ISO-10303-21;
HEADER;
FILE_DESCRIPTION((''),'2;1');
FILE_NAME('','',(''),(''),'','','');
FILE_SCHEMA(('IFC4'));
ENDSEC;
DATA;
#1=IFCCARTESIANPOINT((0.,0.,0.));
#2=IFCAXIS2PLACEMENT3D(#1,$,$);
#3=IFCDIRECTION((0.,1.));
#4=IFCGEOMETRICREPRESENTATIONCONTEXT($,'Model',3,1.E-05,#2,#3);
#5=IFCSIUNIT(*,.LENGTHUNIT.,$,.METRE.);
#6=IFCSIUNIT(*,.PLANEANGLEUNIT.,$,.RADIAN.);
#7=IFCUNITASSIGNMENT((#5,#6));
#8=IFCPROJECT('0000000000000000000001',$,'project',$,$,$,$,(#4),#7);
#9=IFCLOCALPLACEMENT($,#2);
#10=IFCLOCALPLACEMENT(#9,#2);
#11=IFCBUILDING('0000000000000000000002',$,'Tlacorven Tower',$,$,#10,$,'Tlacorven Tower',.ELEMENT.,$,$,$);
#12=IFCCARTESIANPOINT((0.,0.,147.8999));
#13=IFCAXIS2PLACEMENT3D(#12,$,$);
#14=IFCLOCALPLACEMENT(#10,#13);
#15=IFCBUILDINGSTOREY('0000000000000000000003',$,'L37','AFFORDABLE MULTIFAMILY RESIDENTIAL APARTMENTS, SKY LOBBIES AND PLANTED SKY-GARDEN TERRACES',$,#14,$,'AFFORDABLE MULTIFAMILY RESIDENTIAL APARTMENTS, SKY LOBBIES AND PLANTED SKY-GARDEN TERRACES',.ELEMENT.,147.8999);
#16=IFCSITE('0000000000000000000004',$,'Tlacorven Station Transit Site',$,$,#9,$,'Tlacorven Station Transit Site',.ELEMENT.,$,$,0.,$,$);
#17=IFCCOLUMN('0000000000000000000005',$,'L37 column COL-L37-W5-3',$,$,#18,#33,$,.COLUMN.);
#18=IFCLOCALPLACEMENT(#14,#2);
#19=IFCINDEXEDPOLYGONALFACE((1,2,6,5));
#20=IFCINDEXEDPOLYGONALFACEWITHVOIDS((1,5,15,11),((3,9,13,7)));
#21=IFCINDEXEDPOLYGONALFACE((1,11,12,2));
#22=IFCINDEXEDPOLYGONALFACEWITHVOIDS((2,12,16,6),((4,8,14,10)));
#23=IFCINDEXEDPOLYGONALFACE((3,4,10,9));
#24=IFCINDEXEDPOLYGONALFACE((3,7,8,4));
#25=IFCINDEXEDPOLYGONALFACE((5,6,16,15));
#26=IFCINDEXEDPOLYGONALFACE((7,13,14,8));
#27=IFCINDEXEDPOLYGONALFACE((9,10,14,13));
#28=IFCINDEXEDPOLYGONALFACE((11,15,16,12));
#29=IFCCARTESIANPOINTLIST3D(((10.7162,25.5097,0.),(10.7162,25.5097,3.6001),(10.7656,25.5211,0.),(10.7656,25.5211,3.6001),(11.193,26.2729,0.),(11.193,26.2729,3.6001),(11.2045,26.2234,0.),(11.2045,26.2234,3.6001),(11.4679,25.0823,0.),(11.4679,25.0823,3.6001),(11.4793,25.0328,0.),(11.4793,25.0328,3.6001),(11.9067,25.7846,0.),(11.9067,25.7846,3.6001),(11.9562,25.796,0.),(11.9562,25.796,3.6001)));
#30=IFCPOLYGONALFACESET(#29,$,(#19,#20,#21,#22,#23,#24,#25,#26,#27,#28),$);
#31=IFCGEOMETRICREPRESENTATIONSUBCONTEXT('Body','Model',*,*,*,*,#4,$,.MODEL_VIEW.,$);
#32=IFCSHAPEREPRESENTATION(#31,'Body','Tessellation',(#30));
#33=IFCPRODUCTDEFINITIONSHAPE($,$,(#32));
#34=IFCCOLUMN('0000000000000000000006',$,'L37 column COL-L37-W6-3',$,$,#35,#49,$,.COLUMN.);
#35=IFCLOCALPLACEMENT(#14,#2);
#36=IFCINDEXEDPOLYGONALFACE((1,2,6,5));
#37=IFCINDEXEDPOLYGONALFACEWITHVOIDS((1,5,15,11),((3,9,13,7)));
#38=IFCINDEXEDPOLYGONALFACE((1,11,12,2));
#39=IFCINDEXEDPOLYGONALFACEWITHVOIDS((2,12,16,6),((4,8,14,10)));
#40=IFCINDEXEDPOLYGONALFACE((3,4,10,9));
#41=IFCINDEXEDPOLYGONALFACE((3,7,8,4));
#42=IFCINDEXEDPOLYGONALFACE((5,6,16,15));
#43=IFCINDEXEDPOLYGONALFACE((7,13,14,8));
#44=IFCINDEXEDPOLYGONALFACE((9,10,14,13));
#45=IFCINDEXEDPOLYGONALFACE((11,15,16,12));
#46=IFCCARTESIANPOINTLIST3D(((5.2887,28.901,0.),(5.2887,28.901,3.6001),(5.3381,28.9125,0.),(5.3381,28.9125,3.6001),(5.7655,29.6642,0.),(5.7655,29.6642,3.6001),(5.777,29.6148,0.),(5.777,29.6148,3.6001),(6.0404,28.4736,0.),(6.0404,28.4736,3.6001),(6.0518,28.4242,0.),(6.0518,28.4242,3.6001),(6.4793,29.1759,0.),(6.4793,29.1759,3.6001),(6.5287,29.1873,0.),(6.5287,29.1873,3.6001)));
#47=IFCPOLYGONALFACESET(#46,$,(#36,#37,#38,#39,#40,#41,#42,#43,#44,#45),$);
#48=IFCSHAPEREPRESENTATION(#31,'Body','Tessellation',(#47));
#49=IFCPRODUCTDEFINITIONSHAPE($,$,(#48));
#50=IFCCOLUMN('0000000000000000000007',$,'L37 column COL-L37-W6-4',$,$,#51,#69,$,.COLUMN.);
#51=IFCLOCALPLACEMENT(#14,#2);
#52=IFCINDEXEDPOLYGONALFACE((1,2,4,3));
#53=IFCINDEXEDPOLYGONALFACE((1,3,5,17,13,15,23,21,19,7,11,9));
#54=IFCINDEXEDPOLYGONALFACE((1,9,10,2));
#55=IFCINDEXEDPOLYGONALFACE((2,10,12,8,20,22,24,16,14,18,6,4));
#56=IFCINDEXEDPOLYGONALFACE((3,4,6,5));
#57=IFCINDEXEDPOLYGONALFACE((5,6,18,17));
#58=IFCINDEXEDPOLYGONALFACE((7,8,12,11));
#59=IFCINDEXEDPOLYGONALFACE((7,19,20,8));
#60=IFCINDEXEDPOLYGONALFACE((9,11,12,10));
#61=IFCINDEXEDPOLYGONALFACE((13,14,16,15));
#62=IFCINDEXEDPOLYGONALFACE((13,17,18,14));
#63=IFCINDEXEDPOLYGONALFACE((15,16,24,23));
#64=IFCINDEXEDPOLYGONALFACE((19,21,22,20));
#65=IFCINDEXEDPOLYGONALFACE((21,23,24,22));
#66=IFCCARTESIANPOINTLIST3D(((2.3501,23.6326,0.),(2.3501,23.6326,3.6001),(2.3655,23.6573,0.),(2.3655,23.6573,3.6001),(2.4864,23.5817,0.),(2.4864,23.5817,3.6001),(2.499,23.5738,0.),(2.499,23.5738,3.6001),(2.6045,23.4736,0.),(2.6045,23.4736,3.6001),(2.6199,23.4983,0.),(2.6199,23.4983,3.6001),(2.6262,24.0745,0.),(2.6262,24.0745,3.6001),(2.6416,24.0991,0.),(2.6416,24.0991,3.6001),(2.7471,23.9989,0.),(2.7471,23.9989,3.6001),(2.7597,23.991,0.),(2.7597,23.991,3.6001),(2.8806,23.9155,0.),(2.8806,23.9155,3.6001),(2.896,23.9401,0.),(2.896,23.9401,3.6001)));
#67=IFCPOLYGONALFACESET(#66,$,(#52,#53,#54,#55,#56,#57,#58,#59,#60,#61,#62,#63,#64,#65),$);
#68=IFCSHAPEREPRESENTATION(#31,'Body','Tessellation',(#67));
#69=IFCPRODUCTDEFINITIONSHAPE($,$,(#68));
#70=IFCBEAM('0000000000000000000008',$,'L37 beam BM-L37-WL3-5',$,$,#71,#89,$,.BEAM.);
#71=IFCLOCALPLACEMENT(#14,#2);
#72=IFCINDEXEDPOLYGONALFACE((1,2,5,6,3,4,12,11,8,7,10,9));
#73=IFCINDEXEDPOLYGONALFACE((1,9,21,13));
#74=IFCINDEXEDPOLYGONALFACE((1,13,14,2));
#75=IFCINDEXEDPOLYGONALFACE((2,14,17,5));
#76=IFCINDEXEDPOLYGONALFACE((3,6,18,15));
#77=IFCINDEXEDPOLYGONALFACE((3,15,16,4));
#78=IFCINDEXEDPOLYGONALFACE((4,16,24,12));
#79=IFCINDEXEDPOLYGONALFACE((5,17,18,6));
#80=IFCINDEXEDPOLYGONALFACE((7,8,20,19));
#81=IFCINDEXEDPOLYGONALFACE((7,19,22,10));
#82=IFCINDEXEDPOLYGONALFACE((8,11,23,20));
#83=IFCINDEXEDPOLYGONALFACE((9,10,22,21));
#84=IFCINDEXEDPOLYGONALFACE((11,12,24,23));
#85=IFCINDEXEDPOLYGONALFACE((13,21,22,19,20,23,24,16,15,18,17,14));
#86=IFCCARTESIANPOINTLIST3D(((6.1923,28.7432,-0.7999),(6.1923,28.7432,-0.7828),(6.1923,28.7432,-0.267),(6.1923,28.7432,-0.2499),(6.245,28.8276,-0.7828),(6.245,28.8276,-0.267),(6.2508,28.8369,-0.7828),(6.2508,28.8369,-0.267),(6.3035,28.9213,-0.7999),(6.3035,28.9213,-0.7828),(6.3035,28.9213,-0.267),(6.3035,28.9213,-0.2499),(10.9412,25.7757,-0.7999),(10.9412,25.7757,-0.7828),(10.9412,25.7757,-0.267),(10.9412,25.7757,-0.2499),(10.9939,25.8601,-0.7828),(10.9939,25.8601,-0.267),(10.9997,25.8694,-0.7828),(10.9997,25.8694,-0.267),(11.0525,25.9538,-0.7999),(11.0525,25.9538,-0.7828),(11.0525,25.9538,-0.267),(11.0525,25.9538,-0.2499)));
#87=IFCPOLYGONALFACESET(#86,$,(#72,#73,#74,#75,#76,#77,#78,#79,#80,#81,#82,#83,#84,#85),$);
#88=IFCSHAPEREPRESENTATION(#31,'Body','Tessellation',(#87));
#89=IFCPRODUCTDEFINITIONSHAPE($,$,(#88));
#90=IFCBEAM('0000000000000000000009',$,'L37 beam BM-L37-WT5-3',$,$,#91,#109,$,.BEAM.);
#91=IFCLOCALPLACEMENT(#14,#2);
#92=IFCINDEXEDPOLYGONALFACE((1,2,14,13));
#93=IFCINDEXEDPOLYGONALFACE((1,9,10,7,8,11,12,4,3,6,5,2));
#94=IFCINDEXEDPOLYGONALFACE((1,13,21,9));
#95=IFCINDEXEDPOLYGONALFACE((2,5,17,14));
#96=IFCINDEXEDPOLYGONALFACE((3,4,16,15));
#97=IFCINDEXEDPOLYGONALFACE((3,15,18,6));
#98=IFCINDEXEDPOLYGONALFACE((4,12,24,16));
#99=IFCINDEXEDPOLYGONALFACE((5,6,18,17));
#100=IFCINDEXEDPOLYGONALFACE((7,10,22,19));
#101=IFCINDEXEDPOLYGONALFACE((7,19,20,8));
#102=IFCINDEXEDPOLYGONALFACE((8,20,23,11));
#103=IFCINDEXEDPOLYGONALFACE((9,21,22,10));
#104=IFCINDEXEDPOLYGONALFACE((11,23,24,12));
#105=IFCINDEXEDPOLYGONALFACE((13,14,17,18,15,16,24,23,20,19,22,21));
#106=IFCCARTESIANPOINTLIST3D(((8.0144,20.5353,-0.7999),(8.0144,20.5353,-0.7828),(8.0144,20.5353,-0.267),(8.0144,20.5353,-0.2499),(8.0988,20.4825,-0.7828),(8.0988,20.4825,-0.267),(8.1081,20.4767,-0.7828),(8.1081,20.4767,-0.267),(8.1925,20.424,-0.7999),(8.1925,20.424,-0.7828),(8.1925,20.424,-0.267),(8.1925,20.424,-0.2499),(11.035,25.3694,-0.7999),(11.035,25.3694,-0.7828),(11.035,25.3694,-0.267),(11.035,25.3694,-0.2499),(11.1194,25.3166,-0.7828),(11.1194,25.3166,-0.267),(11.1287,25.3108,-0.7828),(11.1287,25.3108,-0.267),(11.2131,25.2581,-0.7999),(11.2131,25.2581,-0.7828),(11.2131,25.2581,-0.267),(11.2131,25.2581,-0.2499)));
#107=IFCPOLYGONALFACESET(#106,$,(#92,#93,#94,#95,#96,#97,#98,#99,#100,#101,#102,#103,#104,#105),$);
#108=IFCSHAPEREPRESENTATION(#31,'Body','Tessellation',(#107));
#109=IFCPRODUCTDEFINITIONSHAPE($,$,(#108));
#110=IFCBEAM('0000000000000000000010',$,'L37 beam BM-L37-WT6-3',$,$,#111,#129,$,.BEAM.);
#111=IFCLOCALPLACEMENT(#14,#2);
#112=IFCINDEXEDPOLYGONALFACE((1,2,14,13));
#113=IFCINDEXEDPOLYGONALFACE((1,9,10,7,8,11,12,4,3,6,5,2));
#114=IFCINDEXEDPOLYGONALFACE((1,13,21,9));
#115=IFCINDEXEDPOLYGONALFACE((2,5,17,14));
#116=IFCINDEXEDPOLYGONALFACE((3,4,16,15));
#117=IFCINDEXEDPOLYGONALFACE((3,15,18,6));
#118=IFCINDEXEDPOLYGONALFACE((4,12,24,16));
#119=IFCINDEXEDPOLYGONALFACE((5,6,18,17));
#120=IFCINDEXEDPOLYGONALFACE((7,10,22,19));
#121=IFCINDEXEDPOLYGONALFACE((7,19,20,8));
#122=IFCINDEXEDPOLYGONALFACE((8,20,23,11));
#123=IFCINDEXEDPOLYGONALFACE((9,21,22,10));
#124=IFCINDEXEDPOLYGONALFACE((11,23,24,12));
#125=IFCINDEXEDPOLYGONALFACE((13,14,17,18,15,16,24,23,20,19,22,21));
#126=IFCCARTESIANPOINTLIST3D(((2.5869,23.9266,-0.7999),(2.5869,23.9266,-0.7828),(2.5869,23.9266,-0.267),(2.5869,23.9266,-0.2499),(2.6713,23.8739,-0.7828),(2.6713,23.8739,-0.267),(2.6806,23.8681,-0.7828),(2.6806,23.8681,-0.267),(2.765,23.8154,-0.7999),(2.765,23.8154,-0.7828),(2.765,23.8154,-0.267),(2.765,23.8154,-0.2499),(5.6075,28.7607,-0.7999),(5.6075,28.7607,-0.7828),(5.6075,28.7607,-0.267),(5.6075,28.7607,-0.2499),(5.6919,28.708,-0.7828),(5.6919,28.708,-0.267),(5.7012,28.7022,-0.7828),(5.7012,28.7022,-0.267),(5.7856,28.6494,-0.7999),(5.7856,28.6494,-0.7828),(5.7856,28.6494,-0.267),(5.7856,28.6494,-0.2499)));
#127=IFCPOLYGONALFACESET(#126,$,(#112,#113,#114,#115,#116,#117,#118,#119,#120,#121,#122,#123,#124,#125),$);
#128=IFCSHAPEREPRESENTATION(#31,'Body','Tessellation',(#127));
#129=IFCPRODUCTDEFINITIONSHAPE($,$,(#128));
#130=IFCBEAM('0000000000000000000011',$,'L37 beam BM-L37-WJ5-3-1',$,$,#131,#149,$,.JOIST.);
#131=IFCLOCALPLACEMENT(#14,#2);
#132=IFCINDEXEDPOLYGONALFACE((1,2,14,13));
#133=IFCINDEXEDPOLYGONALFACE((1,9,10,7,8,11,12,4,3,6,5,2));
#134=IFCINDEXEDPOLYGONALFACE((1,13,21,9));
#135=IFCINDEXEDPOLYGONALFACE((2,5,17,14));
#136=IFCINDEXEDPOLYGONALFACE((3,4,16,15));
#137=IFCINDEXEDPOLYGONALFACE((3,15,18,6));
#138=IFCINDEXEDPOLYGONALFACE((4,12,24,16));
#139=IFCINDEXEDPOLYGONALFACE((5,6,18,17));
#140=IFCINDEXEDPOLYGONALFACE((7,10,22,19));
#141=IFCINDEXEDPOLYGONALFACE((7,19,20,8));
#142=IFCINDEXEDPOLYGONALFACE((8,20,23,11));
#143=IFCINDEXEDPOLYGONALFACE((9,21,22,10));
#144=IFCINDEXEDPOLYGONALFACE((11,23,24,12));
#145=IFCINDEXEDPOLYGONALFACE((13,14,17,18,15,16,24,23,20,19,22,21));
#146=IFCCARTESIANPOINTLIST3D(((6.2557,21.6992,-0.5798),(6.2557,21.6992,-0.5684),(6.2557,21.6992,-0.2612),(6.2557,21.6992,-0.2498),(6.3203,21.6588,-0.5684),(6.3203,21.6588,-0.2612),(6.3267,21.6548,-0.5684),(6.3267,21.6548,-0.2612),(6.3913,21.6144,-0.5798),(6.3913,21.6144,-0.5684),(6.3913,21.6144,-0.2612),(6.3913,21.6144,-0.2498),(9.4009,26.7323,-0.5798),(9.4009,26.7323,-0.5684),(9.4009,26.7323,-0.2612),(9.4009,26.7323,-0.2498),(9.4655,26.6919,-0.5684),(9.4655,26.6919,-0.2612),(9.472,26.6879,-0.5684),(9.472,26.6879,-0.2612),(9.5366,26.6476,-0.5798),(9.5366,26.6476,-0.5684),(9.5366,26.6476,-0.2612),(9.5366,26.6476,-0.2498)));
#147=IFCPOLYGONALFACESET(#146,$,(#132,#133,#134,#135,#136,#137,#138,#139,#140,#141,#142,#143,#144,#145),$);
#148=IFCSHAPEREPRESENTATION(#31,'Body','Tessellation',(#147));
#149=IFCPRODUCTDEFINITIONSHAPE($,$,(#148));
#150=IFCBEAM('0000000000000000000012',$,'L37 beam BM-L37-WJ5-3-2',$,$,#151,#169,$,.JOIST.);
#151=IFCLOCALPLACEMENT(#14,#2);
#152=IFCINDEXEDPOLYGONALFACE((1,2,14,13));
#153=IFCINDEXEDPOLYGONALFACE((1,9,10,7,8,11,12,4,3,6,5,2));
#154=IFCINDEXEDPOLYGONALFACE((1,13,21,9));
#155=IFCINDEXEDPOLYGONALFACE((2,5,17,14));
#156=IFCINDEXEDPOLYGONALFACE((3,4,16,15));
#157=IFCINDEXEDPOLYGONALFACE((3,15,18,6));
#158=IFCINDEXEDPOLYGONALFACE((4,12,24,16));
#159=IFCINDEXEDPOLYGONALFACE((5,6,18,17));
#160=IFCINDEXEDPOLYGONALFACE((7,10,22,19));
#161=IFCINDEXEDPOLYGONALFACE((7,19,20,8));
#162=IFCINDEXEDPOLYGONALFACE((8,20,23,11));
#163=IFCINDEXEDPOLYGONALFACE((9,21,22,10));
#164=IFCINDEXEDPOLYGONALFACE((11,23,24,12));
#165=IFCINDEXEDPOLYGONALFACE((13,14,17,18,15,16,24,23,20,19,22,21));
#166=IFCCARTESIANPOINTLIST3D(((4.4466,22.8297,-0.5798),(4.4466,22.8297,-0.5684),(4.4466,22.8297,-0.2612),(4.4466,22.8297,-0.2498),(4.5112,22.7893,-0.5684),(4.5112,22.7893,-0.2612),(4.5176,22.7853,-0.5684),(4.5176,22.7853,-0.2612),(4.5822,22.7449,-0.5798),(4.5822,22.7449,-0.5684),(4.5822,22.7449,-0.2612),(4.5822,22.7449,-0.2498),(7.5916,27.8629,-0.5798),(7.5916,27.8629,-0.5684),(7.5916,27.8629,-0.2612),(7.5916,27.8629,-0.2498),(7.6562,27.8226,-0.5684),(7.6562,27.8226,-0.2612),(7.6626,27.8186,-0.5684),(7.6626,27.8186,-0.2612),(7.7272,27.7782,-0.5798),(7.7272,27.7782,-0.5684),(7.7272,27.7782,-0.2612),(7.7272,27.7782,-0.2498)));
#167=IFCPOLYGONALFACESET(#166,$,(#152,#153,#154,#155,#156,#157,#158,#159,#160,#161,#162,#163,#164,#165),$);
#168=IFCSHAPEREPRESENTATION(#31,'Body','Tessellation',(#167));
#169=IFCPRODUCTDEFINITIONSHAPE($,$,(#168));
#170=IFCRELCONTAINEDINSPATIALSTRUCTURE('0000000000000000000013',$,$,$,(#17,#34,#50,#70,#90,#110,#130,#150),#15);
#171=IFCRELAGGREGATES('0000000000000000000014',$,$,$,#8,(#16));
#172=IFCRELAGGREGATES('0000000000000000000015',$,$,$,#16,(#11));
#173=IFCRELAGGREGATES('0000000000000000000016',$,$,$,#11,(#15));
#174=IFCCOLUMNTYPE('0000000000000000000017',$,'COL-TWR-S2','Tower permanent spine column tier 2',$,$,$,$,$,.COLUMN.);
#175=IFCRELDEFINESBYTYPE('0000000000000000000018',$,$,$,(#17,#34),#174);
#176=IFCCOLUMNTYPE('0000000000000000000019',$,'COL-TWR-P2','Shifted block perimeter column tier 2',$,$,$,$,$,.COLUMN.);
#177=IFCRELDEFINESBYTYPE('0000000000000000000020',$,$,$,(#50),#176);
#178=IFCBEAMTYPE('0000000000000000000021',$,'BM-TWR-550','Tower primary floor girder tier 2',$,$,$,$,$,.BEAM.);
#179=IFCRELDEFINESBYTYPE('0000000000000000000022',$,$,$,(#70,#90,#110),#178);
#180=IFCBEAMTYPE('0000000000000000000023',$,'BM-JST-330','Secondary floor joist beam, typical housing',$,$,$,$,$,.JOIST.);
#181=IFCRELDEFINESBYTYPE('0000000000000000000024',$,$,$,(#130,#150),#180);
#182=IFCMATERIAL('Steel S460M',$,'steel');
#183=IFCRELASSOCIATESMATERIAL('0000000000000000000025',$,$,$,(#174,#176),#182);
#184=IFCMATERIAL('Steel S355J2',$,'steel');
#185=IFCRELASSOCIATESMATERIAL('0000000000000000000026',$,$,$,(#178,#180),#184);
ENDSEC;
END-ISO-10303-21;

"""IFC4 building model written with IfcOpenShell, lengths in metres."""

from ifc_helpers import new_model, si_unit, direction, frame, origin, origin_2d, place, context, subcontext, project, spatial, hollow_rectangle, i_section, extrude, source, transform, mapped, material, material_profile, profile_set, type_object, element, save


model = new_model("IFC4")

# Units and contexts
model_context = context("Model", 3, precision=1e-05, world=origin(), true_north=direction((0.0, 1.0)))
body_context = subcontext(model_context, "Body", "Model", "MODEL_VIEW")
ifc_project = project(units=[si_unit("LENGTHUNIT", "METRE"), si_unit("PLANEANGLEUNIT", "RADIAN")], contexts=[model_context])

# Site, building, storey
site_placement = place(None, origin())
site = spatial("IfcSite", under=ifc_project, at=site_placement, Name="Tlacorven Station Transit Site", LongName="Tlacorven Station Transit Site", CompositionType="ELEMENT", RefElevation=0.0)
building_placement = place(site_placement, origin())
building = spatial("IfcBuilding", under=site, at=building_placement, Name="Tlacorven Tower", LongName="Tlacorven Tower", CompositionType="ELEMENT")
storey_placement = place(building_placement, frame((0.0, 0.0, 147.8999)))
storey = spatial("IfcBuildingStorey", under=building, at=storey_placement, Name="L37", Description="AFFORDABLE MULTIFAMILY RESIDENTIAL APARTMENTS, SKY LOBBIES AND PLANTED SKY-GARDEN TERRACES", LongName="AFFORDABLE MULTIFAMILY RESIDENTIAL APARTMENTS, SKY LOBBIES AND PLANTED SKY-GARDEN TERRACES", CompositionType="ELEMENT", Elevation=147.8999)

# Columns
ifc_material_1 = material(Name="Steel S460M", Category="steel")
ifc_material_profile_1 = material_profile(ifc_material_1, hollow_rectangle(XDim=0.8999, YDim=0.8999, WallThickness=0.0359, at=origin_2d()), Name="BOX 900X900X36")
ifc_profile_set_1 = profile_set([ifc_material_profile_1], Name="Steel S460M")
column_type_1 = type_object("IfcColumnType", Name="COL-TWR-S2", Description="Tower permanent spine column tier 2", PredefinedType="COLUMN", material=ifc_profile_set_1)
shared_shape_1 = source(origin(), body_context, "Body", "SweptSolid", [
    extrude(hollow_rectangle(XDim=0.8999, YDim=0.8999, WallThickness=0.0359, at=origin_2d()), origin(), (0.0, 0.0, 1.0), 3.6001),
])
for number, where, z_axis, x_axis, name in (
    (1, (11.3362, 25.6528, 0.0), (0.0, 0.0, 1.0), (-0.848048, 0.529919, 0.0), "L37 column COL-L37-W5-3"),
    (2, (5.9087, 29.0442, 0.0), (0.0, 0.0, 1.0), (-0.848048, 0.529919, 0.0), "L37 column COL-L37-W6-3"),
):
    element("IfcColumn", number, at=place(storey_placement, frame(where, z_axis=z_axis, x_axis=x_axis)), inside=storey, type_object=column_type_1, Name=name, PredefinedType="COLUMN", context=body_context, shape_type="MappedRepresentation", body=[
        mapped(shared_shape_1, transform((0.0, 0.0, 0.0), scale=1.0)),
    ])
ifc_material_profile_2 = material_profile(ifc_material_1, i_section(OverallWidth=0.3, OverallDepth=0.55, WebThickness=0.0149, FlangeThickness=0.0291, at=origin_2d()), Name="HEB 550")
ifc_profile_set_2 = profile_set([ifc_material_profile_2], Name="Steel S460M")
column_type_2 = type_object("IfcColumnType", Name="COL-TWR-P2", Description="Shifted block perimeter column tier 2", PredefinedType="COLUMN", material=ifc_profile_set_2)
shared_shape_2 = source(origin(), body_context, "Body", "SweptSolid", [
    extrude(i_section(OverallWidth=0.3, OverallDepth=0.55, WebThickness=0.0149, FlangeThickness=0.0291, at=origin_2d()), origin(), (0.0, 0.0, 1.0), 3.6001),
])
column_placement = place(storey_placement, frame((2.623, 23.7864, 0.0), z_axis=(0.0, 0.0, 1.0), x_axis=(-0.848048, 0.529919, 0.0)))
element("IfcColumn", 3, at=column_placement, inside=storey, type_object=column_type_2, Name="L37 column COL-L37-W6-4", PredefinedType="COLUMN", context=body_context, shape_type="MappedRepresentation", body=[
    mapped(shared_shape_2, transform((0.0, 0.0, 0.0), scale=1.0)),
])

# Beams
ifc_material_2 = material(Name="Steel S355J2", Category="steel")
ifc_material_profile_3 = material_profile(ifc_material_2, i_section(OverallWidth=0.21, OverallDepth=0.55, WebThickness=0.011, FlangeThickness=0.0171, at=origin_2d()), Name="IPE 550")
ifc_profile_set_3 = profile_set([ifc_material_profile_3], Name="Steel S355J2")
beam_type_1 = type_object("IfcBeamType", Name="BM-TWR-550", Description="Tower primary floor girder tier 2", PredefinedType="BEAM", material=ifc_profile_set_3)
shared_shape_3 = source(origin(), body_context, "Body", "SweptSolid", [
    extrude(i_section(OverallWidth=0.21, OverallDepth=0.55, WebThickness=0.011, FlangeThickness=0.0171, at=origin_2d()), origin(), (0.0, 0.0, 1.0), 5.5999),
])
beam_1_placement = place(storey_placement, frame((10.9968, 25.8647, -0.5249), z_axis=(-0.848047, 0.529921, 0.0), x_axis=(-0.529921, -0.848047, 0.0)))
element("IfcBeam", 4, at=beam_1_placement, inside=storey, type_object=beam_type_1, Name="L37 beam BM-L37-WL3-5", PredefinedType="BEAM", context=body_context, shape_type="MappedRepresentation", body=[
    mapped(shared_shape_3, transform((0.0, 0.0, 0.0), scale=1.0)),
])
shared_shape_4 = source(origin(), body_context, "Body", "SweptSolid", [
    extrude(i_section(OverallWidth=0.21, OverallDepth=0.55, WebThickness=0.011, FlangeThickness=0.0171, at=origin_2d()), origin(), (0.0, 0.0, 1.0), 5.7002),
])
for number, where, z_axis, x_axis, name in (
    (5, (11.124, 25.3137, -0.5249), (-0.529907, -0.848056, 0.0), (0.848056, -0.529907, 0.0), "L37 beam BM-L37-WT5-3"),
    (6, (5.6965, 28.7051, -0.5249), (-0.529907, -0.848056, 0.0), (0.848056, -0.529907, 0.0), "L37 beam BM-L37-WT6-3"),
):
    element("IfcBeam", number, at=place(storey_placement, frame(where, z_axis=z_axis, x_axis=x_axis)), inside=storey, type_object=beam_type_1, Name=name, PredefinedType="BEAM", context=body_context, shape_type="MappedRepresentation", body=[
        mapped(shared_shape_4, transform((0.0, 0.0, 0.0), scale=1.0)),
    ])
ifc_material_profile_4 = material_profile(ifc_material_2, i_section(OverallWidth=0.1599, OverallDepth=0.3301, WebThickness=0.0076, FlangeThickness=0.0115, at=origin_2d()), Name="IPE 330")
ifc_profile_set_4 = profile_set([ifc_material_profile_4], Name="Steel S355J2")
beam_type_2 = type_object("IfcBeamType", Name="BM-JST-330", Description="Secondary floor joist beam, typical housing", PredefinedType="JOIST", material=ifc_profile_set_4)
shared_shape_5 = source(origin(), body_context, "Body", "SweptSolid", [
    extrude(i_section(OverallWidth=0.1599, OverallDepth=0.3301, WebThickness=0.0076, FlangeThickness=0.0115, at=origin_2d()), origin(), (0.0, 0.0, 1.0), 5.9351),
])
for number, where, z_axis, x_axis, name in (
    (7, (9.4688, 26.6899, -0.4148), (-0.52994, -0.848035, 0.0), (0.848035, -0.52994, 0.0), "L37 beam BM-L37-WJ5-3-1"),
    (8, (7.6594, 27.8206, -0.4148), (-0.52991, -0.848054, 0.0), (0.848054, -0.52991, 0.0), "L37 beam BM-L37-WJ5-3-2"),
):
    element("IfcBeam", number, at=place(storey_placement, frame(where, z_axis=z_axis, x_axis=x_axis)), inside=storey, type_object=beam_type_2, Name=name, PredefinedType="JOIST", context=body_context, shape_type="MappedRepresentation", body=[
        mapped(shared_shape_5, transform((0.0, 0.0, 0.0), scale=1.0)),
    ])

save(model, "model.ifc")
